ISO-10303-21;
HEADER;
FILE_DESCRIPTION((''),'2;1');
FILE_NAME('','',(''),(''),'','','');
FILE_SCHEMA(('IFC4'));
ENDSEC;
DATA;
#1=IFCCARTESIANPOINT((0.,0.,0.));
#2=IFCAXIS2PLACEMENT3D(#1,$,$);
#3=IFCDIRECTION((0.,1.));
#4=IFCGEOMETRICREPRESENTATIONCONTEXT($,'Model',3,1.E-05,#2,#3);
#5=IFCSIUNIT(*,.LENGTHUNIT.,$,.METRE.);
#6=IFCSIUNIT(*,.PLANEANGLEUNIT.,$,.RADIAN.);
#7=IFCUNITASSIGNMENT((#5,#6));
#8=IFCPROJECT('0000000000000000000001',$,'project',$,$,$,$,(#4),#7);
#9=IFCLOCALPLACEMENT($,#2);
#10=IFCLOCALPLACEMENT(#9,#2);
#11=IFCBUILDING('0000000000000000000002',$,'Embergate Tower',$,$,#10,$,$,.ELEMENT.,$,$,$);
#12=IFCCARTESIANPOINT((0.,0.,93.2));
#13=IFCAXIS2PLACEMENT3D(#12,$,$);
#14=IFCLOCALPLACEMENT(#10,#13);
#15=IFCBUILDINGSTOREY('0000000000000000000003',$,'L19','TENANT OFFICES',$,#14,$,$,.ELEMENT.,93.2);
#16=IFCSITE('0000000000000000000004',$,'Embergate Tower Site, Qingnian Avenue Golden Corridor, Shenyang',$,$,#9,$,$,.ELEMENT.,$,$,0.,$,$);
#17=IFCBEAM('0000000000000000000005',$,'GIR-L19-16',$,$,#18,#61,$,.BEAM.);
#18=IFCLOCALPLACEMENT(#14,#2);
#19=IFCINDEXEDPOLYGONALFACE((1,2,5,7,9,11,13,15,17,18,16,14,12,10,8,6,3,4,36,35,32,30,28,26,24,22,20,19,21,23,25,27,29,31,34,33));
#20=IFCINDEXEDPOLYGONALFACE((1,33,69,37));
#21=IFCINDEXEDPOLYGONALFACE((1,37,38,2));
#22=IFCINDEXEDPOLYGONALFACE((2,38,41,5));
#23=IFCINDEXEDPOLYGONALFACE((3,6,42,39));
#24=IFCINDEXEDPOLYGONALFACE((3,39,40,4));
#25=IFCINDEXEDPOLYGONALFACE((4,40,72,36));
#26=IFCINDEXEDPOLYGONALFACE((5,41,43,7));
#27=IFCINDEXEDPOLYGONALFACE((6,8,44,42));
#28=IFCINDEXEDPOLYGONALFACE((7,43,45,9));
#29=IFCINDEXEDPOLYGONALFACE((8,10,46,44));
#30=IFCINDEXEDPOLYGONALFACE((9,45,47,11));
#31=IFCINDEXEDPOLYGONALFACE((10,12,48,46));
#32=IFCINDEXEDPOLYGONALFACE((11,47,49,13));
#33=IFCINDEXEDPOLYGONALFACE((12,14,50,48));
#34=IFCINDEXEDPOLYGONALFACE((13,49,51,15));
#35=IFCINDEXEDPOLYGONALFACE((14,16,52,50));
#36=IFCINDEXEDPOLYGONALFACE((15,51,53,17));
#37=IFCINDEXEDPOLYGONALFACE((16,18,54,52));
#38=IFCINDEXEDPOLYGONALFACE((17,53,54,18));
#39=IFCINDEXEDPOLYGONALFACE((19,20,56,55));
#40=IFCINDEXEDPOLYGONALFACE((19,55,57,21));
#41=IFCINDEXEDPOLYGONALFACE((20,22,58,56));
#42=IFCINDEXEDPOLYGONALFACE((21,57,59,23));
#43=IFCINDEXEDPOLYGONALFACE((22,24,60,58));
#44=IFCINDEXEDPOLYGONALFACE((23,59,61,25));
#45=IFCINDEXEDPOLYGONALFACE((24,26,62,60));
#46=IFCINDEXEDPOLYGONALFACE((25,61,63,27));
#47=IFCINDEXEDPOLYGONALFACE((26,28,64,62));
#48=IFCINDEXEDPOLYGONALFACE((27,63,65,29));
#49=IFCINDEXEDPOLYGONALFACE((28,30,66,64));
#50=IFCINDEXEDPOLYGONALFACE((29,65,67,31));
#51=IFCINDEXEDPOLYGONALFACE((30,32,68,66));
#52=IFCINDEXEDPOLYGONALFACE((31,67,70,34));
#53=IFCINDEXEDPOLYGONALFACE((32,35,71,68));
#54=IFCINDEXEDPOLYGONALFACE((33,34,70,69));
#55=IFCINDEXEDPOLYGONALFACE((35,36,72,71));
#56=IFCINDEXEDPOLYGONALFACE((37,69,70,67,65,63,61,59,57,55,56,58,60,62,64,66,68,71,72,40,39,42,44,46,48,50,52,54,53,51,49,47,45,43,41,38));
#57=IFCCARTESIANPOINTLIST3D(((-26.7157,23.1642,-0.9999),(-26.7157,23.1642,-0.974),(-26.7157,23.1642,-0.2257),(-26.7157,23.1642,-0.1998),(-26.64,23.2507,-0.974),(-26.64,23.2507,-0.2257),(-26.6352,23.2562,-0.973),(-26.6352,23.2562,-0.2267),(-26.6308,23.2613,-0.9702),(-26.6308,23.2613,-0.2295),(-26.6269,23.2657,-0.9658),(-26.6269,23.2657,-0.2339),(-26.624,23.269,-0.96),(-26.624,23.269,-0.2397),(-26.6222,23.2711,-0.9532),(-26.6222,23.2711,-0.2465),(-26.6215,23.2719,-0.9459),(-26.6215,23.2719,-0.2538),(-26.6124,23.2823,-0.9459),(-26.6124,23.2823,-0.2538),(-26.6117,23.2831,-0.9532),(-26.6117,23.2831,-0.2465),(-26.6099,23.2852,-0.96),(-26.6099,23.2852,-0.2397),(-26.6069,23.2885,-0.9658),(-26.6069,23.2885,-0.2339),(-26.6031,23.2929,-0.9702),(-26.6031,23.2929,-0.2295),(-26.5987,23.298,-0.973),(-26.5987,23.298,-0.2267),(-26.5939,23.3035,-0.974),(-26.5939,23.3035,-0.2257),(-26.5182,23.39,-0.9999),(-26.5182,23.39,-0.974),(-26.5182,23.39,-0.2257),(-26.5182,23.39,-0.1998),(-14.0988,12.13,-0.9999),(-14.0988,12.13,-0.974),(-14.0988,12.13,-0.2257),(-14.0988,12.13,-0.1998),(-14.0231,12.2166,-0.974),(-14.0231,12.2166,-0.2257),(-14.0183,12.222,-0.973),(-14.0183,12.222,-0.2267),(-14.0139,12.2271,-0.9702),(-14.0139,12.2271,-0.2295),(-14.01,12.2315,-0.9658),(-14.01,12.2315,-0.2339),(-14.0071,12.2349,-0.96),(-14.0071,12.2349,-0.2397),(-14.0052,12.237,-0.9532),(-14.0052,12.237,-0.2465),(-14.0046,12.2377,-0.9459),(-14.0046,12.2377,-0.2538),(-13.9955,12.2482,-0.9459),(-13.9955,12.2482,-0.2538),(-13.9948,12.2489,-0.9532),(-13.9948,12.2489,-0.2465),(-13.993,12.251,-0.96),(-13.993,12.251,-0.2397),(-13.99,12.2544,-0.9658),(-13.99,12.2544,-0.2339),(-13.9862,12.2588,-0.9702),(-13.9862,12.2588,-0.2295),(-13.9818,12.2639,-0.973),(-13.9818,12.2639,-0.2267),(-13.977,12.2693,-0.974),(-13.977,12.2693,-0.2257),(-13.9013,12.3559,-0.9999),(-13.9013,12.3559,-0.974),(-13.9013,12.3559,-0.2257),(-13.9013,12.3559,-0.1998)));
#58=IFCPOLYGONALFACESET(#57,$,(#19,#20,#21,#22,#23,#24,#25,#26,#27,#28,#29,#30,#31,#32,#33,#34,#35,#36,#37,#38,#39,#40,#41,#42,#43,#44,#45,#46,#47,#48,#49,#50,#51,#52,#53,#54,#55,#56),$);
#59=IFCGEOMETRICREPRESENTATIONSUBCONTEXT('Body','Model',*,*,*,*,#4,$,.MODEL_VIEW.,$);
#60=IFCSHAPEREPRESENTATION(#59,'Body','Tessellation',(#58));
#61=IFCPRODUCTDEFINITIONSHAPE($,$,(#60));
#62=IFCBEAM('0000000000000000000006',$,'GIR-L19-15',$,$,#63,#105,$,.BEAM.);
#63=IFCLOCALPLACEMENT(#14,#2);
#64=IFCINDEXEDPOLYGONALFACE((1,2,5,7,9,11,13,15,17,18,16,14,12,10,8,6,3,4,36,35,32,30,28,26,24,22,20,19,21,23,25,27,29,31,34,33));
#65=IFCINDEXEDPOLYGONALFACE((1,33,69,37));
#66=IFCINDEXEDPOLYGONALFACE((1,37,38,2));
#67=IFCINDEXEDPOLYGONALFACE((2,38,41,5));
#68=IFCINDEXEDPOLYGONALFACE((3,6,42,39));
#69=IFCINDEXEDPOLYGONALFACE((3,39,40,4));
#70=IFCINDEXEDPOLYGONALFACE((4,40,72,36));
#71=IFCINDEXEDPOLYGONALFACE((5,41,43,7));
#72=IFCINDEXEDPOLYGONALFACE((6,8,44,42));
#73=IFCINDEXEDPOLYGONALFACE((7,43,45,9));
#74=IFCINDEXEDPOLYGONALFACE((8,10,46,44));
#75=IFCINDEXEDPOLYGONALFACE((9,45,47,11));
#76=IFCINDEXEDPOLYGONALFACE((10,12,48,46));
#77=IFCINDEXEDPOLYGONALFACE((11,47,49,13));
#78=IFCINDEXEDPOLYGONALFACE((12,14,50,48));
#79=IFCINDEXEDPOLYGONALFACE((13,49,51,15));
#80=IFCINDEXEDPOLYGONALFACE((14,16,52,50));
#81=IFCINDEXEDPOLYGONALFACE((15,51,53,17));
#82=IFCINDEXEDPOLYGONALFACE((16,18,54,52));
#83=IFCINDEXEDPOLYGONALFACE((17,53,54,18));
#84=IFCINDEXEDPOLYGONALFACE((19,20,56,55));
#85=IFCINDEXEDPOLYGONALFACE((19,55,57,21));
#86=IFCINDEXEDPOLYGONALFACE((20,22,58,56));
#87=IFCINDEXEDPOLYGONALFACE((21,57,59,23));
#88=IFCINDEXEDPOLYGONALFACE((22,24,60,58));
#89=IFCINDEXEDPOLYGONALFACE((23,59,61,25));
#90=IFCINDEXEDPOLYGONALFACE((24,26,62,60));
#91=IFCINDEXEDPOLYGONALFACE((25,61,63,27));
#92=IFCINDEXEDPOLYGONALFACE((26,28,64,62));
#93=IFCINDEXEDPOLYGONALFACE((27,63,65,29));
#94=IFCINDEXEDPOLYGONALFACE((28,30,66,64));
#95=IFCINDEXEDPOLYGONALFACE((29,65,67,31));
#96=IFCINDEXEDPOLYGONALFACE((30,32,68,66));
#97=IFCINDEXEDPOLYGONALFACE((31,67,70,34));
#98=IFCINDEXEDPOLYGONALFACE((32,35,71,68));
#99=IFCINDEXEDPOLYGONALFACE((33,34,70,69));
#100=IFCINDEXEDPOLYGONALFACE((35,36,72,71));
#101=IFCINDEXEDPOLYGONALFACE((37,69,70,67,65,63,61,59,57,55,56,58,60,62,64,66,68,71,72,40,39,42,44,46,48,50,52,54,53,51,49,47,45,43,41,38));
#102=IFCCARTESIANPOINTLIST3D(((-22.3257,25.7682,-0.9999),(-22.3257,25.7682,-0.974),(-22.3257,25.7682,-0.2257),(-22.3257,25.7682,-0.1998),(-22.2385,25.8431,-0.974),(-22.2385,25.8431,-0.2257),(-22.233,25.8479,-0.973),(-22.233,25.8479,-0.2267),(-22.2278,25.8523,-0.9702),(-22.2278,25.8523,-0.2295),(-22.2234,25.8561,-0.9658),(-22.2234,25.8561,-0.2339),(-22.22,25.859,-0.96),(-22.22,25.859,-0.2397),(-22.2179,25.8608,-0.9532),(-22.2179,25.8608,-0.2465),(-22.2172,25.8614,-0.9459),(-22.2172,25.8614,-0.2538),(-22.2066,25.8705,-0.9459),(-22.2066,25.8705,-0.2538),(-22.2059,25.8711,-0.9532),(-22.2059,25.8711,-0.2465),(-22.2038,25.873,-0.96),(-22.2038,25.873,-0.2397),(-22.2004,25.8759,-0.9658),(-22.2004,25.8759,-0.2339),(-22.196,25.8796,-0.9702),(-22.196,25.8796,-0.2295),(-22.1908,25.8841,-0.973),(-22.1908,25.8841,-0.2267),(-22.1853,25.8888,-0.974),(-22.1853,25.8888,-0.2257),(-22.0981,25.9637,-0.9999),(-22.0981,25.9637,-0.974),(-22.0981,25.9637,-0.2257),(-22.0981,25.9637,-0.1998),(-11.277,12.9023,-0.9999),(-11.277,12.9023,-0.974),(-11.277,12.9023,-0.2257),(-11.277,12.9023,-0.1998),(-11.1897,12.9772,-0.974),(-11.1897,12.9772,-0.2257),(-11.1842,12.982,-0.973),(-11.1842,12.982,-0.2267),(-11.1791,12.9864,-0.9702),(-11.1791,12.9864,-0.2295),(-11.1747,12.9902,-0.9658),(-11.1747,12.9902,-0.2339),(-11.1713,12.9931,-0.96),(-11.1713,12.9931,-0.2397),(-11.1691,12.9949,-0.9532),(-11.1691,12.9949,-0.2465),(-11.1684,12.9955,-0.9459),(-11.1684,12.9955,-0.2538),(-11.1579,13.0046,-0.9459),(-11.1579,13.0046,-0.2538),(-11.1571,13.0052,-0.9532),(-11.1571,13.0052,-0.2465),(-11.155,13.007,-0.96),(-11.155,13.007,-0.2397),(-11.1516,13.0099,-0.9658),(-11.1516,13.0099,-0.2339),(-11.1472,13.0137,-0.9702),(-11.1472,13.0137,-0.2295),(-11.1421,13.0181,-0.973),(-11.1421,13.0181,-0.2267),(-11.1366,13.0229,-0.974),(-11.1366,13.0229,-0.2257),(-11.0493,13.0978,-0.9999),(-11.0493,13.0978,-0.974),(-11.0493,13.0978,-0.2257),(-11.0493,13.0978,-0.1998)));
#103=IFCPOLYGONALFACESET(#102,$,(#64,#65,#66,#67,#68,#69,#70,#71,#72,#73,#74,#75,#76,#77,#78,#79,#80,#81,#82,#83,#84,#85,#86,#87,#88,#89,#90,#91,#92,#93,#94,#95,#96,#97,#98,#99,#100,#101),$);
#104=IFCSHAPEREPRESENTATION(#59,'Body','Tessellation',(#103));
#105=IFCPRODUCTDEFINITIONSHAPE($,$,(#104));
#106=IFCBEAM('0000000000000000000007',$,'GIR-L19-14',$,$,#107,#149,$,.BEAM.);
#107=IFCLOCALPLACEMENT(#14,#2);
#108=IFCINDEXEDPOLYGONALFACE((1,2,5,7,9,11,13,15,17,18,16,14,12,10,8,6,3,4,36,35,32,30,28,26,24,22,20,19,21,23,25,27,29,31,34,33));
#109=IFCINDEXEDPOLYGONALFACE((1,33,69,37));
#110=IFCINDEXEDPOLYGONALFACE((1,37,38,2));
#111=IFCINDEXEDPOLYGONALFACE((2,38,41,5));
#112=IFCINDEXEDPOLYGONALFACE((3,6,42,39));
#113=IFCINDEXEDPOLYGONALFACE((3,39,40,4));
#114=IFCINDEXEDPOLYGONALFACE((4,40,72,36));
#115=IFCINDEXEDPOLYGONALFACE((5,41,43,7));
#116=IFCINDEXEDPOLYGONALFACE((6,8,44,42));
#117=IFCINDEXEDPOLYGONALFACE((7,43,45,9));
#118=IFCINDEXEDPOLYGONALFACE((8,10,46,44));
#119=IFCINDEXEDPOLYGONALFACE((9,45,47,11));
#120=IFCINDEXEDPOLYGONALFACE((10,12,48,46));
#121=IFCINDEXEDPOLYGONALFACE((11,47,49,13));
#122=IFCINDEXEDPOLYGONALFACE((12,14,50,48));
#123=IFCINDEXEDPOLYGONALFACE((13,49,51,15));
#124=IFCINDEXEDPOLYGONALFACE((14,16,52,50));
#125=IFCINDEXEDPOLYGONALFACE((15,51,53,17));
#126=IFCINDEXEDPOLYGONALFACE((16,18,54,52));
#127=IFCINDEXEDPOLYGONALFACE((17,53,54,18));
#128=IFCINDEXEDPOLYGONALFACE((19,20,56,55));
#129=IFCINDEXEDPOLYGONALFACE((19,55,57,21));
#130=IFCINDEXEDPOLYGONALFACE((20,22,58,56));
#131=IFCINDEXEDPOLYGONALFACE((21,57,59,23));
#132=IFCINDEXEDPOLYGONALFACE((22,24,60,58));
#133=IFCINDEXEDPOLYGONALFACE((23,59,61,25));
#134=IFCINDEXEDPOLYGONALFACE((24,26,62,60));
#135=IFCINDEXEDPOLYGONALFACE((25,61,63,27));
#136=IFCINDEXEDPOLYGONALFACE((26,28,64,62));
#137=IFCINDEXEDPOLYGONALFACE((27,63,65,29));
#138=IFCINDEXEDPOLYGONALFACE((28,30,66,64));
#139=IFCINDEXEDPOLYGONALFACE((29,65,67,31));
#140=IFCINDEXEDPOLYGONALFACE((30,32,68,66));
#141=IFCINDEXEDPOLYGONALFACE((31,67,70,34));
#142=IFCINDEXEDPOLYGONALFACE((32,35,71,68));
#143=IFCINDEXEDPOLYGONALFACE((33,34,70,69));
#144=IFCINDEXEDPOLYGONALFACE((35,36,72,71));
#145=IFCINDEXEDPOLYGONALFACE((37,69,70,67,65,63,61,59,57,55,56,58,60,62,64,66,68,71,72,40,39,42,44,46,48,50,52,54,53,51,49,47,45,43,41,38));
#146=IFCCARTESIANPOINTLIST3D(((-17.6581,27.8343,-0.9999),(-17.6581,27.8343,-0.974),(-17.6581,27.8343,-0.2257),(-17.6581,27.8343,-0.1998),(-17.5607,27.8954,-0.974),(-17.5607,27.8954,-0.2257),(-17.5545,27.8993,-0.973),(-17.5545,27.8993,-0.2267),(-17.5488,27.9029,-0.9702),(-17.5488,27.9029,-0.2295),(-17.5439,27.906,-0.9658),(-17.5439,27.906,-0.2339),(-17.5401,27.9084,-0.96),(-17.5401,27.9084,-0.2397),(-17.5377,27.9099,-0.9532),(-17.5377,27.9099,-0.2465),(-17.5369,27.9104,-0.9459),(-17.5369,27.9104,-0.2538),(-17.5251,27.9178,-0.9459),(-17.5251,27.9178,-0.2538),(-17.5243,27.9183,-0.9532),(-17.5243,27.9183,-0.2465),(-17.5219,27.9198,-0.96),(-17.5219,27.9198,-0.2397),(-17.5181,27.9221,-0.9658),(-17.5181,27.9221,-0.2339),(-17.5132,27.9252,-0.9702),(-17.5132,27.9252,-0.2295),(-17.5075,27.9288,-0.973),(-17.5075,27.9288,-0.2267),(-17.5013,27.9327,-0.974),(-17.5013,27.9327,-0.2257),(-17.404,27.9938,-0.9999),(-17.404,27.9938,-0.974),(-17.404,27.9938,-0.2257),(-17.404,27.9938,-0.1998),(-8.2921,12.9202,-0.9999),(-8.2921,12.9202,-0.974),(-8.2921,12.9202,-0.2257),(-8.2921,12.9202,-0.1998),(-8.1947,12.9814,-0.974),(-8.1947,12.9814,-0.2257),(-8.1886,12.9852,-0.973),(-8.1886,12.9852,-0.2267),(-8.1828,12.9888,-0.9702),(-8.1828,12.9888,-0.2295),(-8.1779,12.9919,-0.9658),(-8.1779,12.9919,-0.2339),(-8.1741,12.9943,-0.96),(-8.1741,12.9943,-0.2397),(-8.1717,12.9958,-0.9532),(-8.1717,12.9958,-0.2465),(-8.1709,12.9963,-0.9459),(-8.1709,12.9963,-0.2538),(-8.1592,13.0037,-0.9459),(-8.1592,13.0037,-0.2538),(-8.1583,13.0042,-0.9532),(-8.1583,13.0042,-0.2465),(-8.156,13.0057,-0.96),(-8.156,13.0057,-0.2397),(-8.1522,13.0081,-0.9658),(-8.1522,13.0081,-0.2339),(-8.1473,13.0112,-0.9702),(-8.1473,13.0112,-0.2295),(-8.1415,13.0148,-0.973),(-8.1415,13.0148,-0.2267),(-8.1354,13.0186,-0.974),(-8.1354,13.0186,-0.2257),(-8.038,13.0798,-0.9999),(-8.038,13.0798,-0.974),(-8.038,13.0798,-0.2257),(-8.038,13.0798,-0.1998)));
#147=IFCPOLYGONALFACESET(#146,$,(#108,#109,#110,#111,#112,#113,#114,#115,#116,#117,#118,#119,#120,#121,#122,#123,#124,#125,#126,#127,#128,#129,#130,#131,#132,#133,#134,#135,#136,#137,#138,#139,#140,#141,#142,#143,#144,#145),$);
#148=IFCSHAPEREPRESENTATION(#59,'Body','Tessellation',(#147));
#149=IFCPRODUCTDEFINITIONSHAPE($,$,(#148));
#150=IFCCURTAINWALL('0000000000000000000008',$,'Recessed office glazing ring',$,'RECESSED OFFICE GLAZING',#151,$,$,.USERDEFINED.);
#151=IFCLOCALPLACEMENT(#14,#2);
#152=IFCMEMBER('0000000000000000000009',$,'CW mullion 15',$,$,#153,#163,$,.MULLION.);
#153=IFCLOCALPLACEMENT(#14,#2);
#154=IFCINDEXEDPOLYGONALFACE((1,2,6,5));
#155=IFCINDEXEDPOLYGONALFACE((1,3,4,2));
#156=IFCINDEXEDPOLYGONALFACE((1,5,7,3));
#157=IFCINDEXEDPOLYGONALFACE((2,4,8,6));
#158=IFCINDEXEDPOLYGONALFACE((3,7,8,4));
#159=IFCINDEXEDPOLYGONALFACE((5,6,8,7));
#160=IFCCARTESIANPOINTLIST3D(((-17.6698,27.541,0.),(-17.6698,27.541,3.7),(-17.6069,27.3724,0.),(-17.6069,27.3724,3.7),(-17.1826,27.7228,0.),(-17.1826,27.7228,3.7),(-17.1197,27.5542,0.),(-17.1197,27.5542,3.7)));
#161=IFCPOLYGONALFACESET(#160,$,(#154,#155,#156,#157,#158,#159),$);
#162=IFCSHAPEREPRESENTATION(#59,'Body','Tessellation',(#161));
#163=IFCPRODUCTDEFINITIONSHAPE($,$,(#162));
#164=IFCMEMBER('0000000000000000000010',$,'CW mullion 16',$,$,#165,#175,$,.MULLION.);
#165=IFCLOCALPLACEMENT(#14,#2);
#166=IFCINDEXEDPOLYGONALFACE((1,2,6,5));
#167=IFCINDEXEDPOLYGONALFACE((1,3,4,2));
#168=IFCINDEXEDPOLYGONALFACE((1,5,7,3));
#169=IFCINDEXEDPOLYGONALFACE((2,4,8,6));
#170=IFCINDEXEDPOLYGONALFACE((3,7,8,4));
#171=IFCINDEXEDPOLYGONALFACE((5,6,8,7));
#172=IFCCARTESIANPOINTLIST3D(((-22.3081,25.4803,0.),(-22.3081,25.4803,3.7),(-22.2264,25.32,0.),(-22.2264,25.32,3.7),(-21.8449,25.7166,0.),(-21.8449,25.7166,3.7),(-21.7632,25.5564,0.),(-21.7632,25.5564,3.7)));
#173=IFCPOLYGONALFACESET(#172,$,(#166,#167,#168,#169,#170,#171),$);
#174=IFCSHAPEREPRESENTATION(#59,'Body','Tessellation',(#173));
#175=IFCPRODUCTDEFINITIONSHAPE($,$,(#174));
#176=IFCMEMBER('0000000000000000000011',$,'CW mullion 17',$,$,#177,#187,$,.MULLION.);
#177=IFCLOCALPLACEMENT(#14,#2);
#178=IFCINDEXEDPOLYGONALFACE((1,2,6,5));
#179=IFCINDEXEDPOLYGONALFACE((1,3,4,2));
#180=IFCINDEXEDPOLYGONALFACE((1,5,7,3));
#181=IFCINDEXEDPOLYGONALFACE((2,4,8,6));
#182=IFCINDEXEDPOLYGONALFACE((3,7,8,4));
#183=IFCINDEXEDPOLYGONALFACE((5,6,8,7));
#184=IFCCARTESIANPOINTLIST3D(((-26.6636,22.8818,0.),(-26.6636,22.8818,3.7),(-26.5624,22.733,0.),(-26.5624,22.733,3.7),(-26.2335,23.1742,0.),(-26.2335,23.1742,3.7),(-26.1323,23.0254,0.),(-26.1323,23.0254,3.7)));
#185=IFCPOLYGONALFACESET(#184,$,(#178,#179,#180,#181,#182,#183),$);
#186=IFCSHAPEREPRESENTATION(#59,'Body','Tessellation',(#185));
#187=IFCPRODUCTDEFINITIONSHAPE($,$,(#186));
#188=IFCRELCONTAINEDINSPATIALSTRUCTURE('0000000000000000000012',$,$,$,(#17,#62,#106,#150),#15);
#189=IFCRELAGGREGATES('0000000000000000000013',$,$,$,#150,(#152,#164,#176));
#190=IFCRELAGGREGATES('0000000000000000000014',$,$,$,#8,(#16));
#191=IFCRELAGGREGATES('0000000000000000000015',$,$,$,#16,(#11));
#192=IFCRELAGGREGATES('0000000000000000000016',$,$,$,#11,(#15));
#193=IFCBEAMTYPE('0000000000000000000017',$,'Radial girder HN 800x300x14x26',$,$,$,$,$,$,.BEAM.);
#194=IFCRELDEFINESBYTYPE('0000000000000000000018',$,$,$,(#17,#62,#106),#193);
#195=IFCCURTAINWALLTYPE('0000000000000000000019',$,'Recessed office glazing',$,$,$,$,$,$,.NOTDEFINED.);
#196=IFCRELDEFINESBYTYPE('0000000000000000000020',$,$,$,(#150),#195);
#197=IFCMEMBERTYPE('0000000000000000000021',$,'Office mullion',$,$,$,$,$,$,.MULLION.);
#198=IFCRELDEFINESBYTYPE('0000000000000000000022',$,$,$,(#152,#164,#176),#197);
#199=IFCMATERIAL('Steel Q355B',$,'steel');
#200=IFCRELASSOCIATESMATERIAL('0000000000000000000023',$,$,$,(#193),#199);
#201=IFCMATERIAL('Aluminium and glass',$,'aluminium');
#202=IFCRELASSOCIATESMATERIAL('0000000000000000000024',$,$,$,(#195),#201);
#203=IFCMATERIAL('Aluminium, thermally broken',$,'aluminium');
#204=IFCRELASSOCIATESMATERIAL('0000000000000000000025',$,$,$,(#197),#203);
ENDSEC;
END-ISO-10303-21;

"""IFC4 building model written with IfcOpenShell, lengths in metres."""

from ifc_helpers import new_model, si_unit, direction, frame, origin, origin_2d, place, context, subcontext, project, spatial, rectangle, i_section, extrude, source, transform, mapped, material, material_profile, profile_set, type_object, element, aggregate, save


model = new_model("IFC4")

# Units and contexts
model_context = context("Model", 3, precision=1e-05, world=origin(), true_north=direction((0.0, 1.0)))
body_context = subcontext(model_context, "Body", "Model", "MODEL_VIEW")
ifc_project = project(units=[si_unit("LENGTHUNIT", "METRE"), si_unit("PLANEANGLEUNIT", "RADIAN")], contexts=[model_context])

# Site, building, storey
site_placement = place(None, origin())
site = spatial("IfcSite", under=ifc_project, at=site_placement, Name="Embergate Tower Site, Qingnian Avenue Golden Corridor, Shenyang", CompositionType="ELEMENT", RefElevation=0.0)
building_placement = place(site_placement, origin())
building = spatial("IfcBuilding", under=site, at=building_placement, Name="Embergate Tower", CompositionType="ELEMENT")
storey_placement = place(building_placement, frame((0.0, 0.0, 93.2)))
storey = spatial("IfcBuildingStorey", under=building, at=storey_placement, Name="L19", Description="TENANT OFFICES", CompositionType="ELEMENT", Elevation=93.2)

# Beams
ifc_material_1 = material(Name="Steel Q355B", Category="steel")
ifc_material_profile_1 = material_profile(ifc_material_1, i_section(OverallWidth=0.3, OverallDepth=0.8, WebThickness=0.0139, FlangeThickness=0.0259, FilletRadius=0.0281, at=origin_2d()), Name="HN 800x300x14x26")
ifc_profile_set_1 = profile_set([ifc_material_profile_1], Name="Steel Q355 grade B")
beam_type_1 = type_object("IfcBeamType", Name="Radial girder HN 800x300x14x26", PredefinedType="BEAM", material=ifc_profile_set_1)
shared_shape_1 = source(origin(), body_context, "Body", "SweptSolid", [
    extrude(i_section(OverallWidth=0.3, OverallDepth=0.8, WebThickness=0.0139, FlangeThickness=0.0259, FilletRadius=0.0281, at=origin_2d()), origin(), (0.0, 0.0, 1.0), 16.7612),
])
beam_1_placement = place(storey_placement, frame((-26.6169, 23.2771, -0.5999), z_axis=(0.752744, -0.658314, 0.0), x_axis=(0.658314, 0.752744, 0.0)))
element("IfcBeam", 1, at=beam_1_placement, inside=storey, type_object=beam_type_1, Name="GIR-L19-16", PredefinedType="BEAM", context=body_context, shape_type="MappedRepresentation", body=[
    mapped(shared_shape_1, transform((0.0, 0.0, 0.0))),
])
shared_shape_2 = source(origin(), body_context, "Body", "SweptSolid", [
    extrude(i_section(OverallWidth=0.3, OverallDepth=0.8, WebThickness=0.0139, FlangeThickness=0.0259, FilletRadius=0.0281, at=origin_2d()), origin(), (0.0, 0.0, 1.0), 16.959),
])
beam_2_placement = place(storey_placement, frame((-22.2119, 25.866, -0.5999), z_axis=(0.6515, -0.758649, 0.0), x_axis=(0.758649, 0.6515, 0.0)))
element("IfcBeam", 2, at=beam_2_placement, inside=storey, type_object=beam_type_1, Name="GIR-L19-15", PredefinedType="BEAM", context=body_context, shape_type="MappedRepresentation", body=[
    mapped(shared_shape_2, transform((0.0, 0.0, 0.0))),
])
shared_shape_3 = source(origin(), body_context, "Body", "SweptSolid", [
    extrude(i_section(OverallWidth=0.3, OverallDepth=0.8, WebThickness=0.0139, FlangeThickness=0.0259, FilletRadius=0.0281, at=origin_2d()), origin(), (0.0, 0.0, 1.0), 17.6111),
])
beam_3_placement = place(storey_placement, frame((-17.531, 27.9141, -0.5999), z_axis=(0.531822, -0.846856, 0.0), x_axis=(0.846856, 0.531822, 0.0)))
element("IfcBeam", 3, at=beam_3_placement, inside=storey, type_object=beam_type_1, Name="GIR-L19-14", PredefinedType="BEAM", context=body_context, shape_type="MappedRepresentation", body=[
    mapped(shared_shape_3, transform((0.0, 0.0, 0.0))),
])

# Curtain wall, members
ifc_material_2 = material(Name="Aluminium and glass", Category="aluminium")
curtain_wall_type = type_object("IfcCurtainWallType", Name="Recessed office glazing", PredefinedType="NOTDEFINED", material=ifc_material_2)
curtain_wall_placement = place(storey_placement, origin())
curtain_wall = element("IfcCurtainWall", 4, at=curtain_wall_placement, inside=storey, type_object=curtain_wall_type, Name="Recessed office glazing ring", ObjectType="RECESSED OFFICE GLAZING", PredefinedType="USERDEFINED")
ifc_material_3 = material(Name="Aluminium, thermally broken", Category="aluminium")
ifc_material_profile_2 = material_profile(ifc_material_3, rectangle(XDim=0.1799, YDim=0.52, at=origin_2d()), Name="AL 520x180")
ifc_profile_set_2 = profile_set([ifc_material_profile_2], Name="Aluminium, thermally broken")
member_type_1 = type_object("IfcMemberType", Name="Office mullion", PredefinedType="MULLION", material=ifc_profile_set_2)
shared_shape_4 = source(origin(), body_context, "Body", "SweptSolid", [
    extrude(rectangle(XDim=0.1799, YDim=0.52, at=origin_2d()), origin(), (0.0, 0.0, 1.0), 3.7),
])
member_1_placement = place(storey_placement, frame((-17.3948, 27.5476, 0.0), z_axis=(0.0, 0.0, 1.0), x_axis=(0.349504, -0.936935, 0.0)))
member_1 = element("IfcMember", 5, at=member_1_placement, type_object=member_type_1, Name="CW mullion 15", PredefinedType="MULLION", context=body_context, shape_type="MappedRepresentation", body=[
    mapped(shared_shape_4, transform((0.0, 0.0, 0.0))),
])
member_2_placement = place(storey_placement, frame((-22.0356, 25.5183, 0.0), z_axis=(0.0, 0.0, 1.0), x_axis=(0.454514, -0.890739, 0.0)))
member_2 = element("IfcMember", 6, at=member_2_placement, type_object=member_type_1, Name="CW mullion 16", PredefinedType="MULLION", context=body_context, shape_type="MappedRepresentation", body=[
    mapped(shared_shape_4, transform((0.0, 0.0, 0.0))),
])
member_3_placement = place(storey_placement, frame((-26.3979, 22.9536, 0.0), z_axis=(0.0, 0.0, 1.0), x_axis=(0.562221, -0.826987, 0.0)))
member_3 = element("IfcMember", 7, at=member_3_placement, type_object=member_type_1, Name="CW mullion 17", PredefinedType="MULLION", context=body_context, shape_type="MappedRepresentation", body=[
    mapped(shared_shape_4, transform((0.0, 0.0, 0.0))),
])
aggregate(curtain_wall, [member_1, member_2, member_3])

save(model, "model.ifc")
